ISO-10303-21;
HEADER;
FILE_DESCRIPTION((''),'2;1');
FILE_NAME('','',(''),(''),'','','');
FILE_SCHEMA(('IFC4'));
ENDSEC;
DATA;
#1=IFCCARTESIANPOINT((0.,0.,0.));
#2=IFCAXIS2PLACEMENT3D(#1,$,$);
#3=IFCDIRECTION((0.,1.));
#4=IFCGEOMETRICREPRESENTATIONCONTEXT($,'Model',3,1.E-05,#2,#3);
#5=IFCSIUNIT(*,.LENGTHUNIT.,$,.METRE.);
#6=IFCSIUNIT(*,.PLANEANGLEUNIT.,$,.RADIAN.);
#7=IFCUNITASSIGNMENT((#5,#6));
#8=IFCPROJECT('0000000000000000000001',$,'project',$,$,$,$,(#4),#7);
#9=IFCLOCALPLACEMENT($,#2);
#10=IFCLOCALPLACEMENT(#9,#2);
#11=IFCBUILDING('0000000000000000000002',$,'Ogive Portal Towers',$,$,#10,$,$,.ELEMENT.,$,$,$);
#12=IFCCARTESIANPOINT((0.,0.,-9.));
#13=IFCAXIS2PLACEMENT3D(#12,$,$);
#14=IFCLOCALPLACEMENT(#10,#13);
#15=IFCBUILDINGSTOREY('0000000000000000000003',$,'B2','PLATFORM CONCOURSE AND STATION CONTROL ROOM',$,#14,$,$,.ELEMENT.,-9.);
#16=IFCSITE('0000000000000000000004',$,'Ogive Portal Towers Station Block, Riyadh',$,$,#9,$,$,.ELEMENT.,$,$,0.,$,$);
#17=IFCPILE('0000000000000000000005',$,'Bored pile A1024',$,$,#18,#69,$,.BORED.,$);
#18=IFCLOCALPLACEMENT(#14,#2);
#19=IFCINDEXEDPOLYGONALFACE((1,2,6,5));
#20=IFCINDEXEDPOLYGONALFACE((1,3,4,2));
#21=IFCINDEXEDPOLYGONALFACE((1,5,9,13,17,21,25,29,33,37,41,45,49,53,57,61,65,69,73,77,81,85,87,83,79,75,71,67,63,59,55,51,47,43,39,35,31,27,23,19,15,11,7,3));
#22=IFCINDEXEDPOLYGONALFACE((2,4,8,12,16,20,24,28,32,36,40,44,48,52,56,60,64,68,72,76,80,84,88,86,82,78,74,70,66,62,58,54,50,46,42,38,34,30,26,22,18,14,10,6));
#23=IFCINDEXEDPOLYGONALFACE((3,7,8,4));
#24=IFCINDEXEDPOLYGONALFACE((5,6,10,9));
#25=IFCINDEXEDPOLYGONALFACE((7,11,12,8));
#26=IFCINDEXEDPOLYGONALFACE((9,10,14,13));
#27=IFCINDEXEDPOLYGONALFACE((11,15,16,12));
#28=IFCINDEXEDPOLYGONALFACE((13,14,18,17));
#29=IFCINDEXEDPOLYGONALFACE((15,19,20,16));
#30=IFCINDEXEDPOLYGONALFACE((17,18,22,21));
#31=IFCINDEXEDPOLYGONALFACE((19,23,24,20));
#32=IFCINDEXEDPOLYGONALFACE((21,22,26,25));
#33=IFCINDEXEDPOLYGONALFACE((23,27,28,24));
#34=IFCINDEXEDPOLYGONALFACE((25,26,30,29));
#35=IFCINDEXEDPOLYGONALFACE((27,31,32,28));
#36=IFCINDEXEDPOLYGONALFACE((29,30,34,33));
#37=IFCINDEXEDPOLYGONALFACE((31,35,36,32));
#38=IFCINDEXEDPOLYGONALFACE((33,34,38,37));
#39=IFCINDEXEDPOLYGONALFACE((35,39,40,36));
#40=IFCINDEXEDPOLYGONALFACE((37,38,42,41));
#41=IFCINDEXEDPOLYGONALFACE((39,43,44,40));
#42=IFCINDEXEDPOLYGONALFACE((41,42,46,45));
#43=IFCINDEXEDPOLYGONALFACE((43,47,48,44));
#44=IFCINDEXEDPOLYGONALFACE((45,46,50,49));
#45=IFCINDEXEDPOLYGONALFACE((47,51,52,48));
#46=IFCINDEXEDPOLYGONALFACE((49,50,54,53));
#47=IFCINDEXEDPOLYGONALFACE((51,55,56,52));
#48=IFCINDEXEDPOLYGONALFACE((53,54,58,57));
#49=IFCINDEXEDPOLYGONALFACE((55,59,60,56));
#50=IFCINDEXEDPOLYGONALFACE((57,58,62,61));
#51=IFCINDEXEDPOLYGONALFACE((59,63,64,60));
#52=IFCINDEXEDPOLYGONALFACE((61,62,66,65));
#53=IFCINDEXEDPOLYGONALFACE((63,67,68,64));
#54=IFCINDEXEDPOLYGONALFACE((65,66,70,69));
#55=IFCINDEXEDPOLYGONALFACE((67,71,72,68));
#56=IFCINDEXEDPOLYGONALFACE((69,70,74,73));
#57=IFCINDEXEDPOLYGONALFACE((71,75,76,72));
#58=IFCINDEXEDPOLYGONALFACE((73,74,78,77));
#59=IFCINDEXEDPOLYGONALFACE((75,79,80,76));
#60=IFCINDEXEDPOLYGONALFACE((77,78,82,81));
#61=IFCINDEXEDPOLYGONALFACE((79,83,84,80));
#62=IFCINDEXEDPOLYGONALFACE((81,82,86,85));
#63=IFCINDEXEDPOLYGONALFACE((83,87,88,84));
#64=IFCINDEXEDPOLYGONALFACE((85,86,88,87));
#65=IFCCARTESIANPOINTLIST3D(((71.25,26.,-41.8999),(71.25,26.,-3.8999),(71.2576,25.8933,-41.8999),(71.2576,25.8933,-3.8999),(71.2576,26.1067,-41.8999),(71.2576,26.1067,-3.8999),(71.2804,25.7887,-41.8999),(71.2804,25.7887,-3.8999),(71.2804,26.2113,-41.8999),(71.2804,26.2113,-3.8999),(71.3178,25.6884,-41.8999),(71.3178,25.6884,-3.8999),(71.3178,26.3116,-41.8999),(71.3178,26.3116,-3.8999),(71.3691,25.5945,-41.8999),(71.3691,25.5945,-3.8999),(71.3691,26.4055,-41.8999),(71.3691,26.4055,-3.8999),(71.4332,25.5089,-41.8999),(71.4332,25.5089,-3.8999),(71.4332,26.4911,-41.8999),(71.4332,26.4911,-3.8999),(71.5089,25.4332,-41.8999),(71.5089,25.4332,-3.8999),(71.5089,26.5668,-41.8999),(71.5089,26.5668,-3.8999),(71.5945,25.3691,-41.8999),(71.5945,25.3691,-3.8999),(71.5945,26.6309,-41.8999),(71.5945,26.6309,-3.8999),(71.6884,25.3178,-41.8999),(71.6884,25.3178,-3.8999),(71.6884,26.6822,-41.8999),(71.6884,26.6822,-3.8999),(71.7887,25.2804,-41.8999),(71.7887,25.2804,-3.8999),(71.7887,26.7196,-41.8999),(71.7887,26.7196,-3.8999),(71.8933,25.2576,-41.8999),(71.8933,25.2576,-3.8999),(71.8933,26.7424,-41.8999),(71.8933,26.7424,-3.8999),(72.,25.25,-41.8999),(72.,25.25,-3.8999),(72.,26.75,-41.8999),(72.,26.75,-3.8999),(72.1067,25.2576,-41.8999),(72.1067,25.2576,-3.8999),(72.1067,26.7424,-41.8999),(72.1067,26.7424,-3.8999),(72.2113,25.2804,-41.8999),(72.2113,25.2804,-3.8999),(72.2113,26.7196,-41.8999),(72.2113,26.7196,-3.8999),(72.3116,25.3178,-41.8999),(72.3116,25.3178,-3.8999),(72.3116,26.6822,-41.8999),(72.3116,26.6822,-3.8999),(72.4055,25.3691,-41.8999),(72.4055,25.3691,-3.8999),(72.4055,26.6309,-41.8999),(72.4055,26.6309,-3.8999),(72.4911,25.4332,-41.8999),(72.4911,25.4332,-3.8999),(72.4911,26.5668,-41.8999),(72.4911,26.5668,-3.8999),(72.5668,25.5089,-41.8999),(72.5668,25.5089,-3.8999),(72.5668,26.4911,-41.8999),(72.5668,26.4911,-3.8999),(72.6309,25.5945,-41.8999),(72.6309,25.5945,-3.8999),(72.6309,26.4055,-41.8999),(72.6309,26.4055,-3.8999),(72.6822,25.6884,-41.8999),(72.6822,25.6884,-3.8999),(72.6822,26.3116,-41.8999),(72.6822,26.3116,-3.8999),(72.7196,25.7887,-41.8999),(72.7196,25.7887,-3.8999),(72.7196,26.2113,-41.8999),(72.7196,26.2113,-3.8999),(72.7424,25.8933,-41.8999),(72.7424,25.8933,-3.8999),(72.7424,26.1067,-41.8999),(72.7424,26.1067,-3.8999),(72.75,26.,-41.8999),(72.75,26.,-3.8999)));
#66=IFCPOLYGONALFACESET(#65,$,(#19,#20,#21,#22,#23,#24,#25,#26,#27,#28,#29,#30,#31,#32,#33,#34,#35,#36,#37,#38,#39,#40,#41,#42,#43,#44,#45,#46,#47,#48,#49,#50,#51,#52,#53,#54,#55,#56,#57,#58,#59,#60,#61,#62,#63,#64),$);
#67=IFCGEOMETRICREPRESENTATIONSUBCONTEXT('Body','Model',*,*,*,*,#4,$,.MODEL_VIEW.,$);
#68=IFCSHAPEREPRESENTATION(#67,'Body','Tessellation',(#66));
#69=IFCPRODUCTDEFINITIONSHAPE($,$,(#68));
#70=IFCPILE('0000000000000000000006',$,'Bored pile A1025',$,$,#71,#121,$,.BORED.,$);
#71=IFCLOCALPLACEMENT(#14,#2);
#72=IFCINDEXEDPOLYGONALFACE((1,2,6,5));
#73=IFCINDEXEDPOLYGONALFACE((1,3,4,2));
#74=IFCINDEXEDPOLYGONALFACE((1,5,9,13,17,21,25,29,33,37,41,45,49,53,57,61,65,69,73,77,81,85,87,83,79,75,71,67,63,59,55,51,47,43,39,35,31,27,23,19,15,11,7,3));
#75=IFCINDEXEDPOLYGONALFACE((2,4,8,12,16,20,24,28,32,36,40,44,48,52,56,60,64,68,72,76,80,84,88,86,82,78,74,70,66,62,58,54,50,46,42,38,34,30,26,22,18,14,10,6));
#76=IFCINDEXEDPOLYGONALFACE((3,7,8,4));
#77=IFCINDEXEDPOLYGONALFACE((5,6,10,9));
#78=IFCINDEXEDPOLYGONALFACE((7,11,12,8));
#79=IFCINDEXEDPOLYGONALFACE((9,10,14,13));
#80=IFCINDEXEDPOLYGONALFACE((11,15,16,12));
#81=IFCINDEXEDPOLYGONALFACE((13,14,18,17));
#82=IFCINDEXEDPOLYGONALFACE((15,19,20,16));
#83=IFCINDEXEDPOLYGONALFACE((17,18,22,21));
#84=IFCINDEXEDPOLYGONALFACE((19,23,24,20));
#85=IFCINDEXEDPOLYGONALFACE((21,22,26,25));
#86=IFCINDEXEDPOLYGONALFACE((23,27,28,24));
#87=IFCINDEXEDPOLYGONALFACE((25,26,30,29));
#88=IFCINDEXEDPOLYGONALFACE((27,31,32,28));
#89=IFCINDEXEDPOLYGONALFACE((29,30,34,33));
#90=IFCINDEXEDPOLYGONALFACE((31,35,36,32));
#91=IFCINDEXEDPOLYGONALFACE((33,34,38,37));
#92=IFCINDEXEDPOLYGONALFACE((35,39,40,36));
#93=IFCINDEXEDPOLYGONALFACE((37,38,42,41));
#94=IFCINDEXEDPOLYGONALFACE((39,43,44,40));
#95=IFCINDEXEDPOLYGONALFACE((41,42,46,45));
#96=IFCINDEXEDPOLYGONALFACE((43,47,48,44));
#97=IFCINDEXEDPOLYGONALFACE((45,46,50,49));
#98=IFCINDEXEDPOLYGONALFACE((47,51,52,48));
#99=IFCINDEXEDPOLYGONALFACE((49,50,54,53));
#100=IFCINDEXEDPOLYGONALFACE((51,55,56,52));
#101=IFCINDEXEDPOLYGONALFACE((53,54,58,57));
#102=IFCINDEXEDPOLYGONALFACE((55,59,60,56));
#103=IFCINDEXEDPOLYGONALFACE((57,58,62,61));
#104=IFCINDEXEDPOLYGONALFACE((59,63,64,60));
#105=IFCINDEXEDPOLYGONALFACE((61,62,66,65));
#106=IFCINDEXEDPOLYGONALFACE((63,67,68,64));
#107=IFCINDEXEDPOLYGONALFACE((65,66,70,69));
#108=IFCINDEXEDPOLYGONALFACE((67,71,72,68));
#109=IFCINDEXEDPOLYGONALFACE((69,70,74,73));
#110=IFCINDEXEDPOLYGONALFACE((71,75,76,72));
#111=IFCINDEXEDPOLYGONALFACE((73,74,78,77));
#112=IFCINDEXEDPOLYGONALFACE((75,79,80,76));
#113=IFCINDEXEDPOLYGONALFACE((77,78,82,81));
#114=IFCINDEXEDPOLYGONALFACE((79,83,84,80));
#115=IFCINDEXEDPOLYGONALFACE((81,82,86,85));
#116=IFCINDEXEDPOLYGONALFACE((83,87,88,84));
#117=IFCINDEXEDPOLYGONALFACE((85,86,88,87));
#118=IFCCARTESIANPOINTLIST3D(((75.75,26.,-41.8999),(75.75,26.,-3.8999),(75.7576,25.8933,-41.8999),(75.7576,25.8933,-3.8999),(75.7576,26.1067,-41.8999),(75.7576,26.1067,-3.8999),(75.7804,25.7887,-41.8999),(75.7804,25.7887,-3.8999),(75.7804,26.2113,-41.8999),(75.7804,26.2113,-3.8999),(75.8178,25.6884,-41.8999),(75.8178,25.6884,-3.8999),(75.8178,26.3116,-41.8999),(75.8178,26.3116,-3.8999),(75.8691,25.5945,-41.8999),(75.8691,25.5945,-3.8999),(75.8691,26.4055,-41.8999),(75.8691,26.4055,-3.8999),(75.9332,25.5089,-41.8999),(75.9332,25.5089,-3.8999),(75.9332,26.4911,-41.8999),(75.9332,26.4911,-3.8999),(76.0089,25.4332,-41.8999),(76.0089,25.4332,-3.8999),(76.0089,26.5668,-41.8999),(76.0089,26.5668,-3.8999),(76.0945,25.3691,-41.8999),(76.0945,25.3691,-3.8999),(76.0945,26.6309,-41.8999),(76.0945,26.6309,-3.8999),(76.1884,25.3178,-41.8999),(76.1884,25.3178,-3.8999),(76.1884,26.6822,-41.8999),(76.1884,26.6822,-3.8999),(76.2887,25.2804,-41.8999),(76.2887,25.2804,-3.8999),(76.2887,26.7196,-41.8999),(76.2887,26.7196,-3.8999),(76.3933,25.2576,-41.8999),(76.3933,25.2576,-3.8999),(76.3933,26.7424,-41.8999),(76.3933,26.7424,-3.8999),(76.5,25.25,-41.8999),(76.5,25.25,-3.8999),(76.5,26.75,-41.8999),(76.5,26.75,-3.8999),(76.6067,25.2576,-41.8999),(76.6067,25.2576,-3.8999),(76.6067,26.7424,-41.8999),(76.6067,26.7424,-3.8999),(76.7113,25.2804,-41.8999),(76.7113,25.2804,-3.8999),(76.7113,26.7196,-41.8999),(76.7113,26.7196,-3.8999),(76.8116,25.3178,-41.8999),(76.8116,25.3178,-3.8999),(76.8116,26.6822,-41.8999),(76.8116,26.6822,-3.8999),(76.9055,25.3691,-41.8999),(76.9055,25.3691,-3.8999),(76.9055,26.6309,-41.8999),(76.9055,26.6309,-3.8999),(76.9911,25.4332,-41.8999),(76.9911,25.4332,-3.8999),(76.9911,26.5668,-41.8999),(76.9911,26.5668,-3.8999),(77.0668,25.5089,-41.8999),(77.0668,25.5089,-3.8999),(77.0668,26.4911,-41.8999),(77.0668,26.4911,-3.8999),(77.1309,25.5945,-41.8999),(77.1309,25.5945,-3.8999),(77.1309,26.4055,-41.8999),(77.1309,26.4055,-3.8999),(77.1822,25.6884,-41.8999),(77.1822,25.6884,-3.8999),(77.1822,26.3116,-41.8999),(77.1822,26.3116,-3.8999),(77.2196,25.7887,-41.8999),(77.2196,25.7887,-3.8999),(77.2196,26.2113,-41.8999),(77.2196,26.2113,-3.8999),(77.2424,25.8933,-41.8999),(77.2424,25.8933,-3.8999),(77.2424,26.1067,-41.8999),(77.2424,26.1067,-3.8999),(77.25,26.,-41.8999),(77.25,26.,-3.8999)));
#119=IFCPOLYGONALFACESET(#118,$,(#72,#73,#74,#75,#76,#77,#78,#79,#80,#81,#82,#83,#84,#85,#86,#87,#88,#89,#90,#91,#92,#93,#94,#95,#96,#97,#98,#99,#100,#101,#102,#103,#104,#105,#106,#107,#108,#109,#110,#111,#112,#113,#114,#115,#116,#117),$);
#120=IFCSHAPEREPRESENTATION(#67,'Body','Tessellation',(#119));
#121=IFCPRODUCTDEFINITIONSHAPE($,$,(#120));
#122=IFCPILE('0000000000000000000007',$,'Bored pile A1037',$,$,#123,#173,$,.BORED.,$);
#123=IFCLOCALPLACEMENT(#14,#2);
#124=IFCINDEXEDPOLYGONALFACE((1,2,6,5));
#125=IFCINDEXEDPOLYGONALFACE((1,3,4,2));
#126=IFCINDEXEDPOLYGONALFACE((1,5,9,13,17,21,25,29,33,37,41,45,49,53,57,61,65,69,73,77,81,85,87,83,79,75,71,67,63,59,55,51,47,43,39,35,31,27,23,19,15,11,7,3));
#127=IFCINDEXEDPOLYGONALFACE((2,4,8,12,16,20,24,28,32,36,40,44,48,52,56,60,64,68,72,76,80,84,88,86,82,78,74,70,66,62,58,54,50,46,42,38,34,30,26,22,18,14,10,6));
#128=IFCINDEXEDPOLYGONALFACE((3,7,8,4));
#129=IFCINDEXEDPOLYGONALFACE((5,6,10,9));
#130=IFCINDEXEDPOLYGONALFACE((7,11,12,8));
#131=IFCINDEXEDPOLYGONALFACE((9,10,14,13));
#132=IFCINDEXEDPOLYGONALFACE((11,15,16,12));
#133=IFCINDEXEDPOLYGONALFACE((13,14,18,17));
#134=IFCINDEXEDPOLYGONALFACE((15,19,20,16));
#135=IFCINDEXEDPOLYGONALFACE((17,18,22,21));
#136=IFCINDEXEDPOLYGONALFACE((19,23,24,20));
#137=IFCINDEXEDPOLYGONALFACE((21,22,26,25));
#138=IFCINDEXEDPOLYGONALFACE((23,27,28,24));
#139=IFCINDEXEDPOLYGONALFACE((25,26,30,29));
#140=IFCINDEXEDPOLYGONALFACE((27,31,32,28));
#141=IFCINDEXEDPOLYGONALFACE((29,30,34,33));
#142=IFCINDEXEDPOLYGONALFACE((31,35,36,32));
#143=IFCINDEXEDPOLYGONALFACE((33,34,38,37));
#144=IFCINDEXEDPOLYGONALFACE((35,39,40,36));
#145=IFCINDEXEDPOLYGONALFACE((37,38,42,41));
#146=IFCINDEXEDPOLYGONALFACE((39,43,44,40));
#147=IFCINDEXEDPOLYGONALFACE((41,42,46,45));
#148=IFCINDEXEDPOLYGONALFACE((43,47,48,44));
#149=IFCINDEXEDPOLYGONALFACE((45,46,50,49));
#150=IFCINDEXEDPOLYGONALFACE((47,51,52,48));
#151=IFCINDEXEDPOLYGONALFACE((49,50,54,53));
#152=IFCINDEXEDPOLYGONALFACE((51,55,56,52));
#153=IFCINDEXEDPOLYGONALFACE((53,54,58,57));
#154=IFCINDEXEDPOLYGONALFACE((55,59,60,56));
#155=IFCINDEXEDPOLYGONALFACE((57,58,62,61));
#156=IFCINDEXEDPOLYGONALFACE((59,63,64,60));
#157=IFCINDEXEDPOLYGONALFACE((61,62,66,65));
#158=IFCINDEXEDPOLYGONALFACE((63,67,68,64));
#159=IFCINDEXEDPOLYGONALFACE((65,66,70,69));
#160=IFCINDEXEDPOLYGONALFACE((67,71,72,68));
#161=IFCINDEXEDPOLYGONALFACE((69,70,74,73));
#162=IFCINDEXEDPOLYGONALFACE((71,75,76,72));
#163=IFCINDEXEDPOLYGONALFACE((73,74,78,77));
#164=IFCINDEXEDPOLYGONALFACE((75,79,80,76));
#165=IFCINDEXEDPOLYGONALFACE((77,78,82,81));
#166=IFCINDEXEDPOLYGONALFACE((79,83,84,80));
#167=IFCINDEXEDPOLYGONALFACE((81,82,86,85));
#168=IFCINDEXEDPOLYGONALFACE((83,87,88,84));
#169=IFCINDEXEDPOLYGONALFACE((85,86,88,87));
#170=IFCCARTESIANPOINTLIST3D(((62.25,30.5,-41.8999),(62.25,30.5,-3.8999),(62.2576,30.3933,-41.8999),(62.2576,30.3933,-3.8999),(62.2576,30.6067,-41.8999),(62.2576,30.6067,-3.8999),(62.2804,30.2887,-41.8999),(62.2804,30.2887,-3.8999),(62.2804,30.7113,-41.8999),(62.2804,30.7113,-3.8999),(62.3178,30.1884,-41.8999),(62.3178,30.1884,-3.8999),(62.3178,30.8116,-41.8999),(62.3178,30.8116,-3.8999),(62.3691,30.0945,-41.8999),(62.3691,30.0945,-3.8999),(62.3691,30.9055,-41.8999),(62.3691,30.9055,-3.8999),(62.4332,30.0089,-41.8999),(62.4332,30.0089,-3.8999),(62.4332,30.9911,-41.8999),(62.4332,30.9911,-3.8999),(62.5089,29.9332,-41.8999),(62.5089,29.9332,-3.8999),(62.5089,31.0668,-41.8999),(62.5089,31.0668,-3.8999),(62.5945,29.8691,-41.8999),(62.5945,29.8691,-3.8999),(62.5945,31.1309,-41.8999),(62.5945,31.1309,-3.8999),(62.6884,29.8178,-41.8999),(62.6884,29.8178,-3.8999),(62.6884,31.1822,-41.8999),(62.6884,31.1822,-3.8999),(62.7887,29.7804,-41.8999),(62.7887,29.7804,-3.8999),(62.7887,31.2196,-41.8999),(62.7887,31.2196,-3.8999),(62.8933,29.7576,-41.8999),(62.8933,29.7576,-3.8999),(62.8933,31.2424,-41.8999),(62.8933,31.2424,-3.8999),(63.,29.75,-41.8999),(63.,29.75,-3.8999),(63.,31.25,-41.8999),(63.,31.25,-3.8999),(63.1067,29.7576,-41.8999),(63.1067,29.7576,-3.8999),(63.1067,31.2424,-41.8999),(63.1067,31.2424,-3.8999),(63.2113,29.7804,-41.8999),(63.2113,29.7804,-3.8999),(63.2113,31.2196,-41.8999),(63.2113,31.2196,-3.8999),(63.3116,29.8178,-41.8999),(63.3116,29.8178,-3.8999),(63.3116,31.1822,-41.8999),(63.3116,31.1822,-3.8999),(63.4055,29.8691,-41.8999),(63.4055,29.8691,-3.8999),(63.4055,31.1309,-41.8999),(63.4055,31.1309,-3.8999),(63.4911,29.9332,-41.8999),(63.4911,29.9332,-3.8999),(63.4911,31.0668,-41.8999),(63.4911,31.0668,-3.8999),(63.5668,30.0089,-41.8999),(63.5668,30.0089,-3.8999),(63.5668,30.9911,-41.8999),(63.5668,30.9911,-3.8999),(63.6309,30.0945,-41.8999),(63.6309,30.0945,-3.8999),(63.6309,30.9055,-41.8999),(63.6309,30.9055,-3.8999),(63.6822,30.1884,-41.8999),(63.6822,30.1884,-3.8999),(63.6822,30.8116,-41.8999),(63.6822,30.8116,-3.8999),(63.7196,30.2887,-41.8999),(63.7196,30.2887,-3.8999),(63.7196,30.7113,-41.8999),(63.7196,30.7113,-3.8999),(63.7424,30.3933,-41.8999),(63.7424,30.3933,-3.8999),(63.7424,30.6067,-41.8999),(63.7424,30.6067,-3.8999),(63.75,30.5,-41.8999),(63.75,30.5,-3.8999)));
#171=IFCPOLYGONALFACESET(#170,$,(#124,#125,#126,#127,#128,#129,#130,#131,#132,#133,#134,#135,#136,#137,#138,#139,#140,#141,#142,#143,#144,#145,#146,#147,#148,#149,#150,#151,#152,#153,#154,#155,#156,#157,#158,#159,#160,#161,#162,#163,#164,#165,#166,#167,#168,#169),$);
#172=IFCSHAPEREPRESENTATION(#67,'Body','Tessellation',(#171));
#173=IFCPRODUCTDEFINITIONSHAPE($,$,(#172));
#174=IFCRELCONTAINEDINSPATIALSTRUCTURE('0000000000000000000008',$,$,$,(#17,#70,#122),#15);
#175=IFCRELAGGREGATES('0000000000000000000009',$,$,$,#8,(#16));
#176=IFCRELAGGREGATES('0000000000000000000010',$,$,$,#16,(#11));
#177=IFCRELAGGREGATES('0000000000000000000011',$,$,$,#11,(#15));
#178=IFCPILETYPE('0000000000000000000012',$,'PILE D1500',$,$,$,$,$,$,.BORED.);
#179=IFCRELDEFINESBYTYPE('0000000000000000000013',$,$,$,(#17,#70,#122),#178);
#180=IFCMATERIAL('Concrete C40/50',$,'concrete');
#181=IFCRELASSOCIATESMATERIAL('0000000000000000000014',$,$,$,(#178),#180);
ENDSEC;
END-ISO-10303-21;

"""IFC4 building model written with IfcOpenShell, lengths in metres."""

from ifc_helpers import new_model, si_unit, direction, frame, origin, origin_2d, place, context, subcontext, project, spatial, circle, extrude, material, material_profile, profile_set, type_object, element, save


model = new_model("IFC4")

# Units and contexts
model_context = context("Model", 3, precision=1e-05, world=origin(), true_north=direction((0.0, 1.0)))
body_context = subcontext(model_context, "Body", "Model", "MODEL_VIEW")
ifc_project = project(units=[si_unit("LENGTHUNIT", "METRE"), si_unit("PLANEANGLEUNIT", "RADIAN")], contexts=[model_context])

# Site, building, storey
site_placement = place(None, origin())
site = spatial("IfcSite", under=ifc_project, at=site_placement, Name="Ogive Portal Towers Station Block, Riyadh", CompositionType="ELEMENT", RefElevation=0.0)
building_placement = place(site_placement, origin())
building = spatial("IfcBuilding", under=site, at=building_placement, Name="Ogive Portal Towers", CompositionType="ELEMENT")
storey_placement = place(building_placement, frame((0.0, 0.0, -9.0)))
storey = spatial("IfcBuildingStorey", under=building, at=storey_placement, Name="B2", Description="PLATFORM CONCOURSE AND STATION CONTROL ROOM", CompositionType="ELEMENT", Elevation=-9.0)

# Piles
ifc_material_1 = material(Name="Concrete C40/50", Category="concrete")
ifc_material_profile_1 = material_profile(ifc_material_1, circle(Radius=0.75, at=origin_2d()), Name="PILE D1500")
ifc_profile_set_1 = profile_set([ifc_material_profile_1], Name="Concrete C40/50")
pile_type = type_object("IfcPileType", Name="PILE D1500", PredefinedType="BORED", material=ifc_profile_set_1)
for number, where, z_axis, x_axis, name in (
    (1, (72.0, 26.0, -3.8999), (0.0, 0.0, -1.0), (1.0, 0.0, 0.0), "Bored pile A1024"),
    (2, (76.5, 26.0, -3.8999), (0.0, 0.0, -1.0), (1.0, 0.0, 0.0), "Bored pile A1025"),
    (3, (63.0, 30.5, -3.8999), (0.0, 0.0, -1.0), (1.0, 0.0, 0.0), "Bored pile A1037"),
):
    element("IfcPile", number, at=place(storey_placement, frame(where, z_axis=z_axis, x_axis=x_axis)), inside=storey, type_object=pile_type, Name=name, PredefinedType="BORED", context=body_context, shape_type="SweptSolid", body=[
        extrude(circle(Radius=0.75, at=origin_2d()), origin(), (0.0, 0.0, 1.0), 38.0),
    ])

save(model, "model.ifc")
